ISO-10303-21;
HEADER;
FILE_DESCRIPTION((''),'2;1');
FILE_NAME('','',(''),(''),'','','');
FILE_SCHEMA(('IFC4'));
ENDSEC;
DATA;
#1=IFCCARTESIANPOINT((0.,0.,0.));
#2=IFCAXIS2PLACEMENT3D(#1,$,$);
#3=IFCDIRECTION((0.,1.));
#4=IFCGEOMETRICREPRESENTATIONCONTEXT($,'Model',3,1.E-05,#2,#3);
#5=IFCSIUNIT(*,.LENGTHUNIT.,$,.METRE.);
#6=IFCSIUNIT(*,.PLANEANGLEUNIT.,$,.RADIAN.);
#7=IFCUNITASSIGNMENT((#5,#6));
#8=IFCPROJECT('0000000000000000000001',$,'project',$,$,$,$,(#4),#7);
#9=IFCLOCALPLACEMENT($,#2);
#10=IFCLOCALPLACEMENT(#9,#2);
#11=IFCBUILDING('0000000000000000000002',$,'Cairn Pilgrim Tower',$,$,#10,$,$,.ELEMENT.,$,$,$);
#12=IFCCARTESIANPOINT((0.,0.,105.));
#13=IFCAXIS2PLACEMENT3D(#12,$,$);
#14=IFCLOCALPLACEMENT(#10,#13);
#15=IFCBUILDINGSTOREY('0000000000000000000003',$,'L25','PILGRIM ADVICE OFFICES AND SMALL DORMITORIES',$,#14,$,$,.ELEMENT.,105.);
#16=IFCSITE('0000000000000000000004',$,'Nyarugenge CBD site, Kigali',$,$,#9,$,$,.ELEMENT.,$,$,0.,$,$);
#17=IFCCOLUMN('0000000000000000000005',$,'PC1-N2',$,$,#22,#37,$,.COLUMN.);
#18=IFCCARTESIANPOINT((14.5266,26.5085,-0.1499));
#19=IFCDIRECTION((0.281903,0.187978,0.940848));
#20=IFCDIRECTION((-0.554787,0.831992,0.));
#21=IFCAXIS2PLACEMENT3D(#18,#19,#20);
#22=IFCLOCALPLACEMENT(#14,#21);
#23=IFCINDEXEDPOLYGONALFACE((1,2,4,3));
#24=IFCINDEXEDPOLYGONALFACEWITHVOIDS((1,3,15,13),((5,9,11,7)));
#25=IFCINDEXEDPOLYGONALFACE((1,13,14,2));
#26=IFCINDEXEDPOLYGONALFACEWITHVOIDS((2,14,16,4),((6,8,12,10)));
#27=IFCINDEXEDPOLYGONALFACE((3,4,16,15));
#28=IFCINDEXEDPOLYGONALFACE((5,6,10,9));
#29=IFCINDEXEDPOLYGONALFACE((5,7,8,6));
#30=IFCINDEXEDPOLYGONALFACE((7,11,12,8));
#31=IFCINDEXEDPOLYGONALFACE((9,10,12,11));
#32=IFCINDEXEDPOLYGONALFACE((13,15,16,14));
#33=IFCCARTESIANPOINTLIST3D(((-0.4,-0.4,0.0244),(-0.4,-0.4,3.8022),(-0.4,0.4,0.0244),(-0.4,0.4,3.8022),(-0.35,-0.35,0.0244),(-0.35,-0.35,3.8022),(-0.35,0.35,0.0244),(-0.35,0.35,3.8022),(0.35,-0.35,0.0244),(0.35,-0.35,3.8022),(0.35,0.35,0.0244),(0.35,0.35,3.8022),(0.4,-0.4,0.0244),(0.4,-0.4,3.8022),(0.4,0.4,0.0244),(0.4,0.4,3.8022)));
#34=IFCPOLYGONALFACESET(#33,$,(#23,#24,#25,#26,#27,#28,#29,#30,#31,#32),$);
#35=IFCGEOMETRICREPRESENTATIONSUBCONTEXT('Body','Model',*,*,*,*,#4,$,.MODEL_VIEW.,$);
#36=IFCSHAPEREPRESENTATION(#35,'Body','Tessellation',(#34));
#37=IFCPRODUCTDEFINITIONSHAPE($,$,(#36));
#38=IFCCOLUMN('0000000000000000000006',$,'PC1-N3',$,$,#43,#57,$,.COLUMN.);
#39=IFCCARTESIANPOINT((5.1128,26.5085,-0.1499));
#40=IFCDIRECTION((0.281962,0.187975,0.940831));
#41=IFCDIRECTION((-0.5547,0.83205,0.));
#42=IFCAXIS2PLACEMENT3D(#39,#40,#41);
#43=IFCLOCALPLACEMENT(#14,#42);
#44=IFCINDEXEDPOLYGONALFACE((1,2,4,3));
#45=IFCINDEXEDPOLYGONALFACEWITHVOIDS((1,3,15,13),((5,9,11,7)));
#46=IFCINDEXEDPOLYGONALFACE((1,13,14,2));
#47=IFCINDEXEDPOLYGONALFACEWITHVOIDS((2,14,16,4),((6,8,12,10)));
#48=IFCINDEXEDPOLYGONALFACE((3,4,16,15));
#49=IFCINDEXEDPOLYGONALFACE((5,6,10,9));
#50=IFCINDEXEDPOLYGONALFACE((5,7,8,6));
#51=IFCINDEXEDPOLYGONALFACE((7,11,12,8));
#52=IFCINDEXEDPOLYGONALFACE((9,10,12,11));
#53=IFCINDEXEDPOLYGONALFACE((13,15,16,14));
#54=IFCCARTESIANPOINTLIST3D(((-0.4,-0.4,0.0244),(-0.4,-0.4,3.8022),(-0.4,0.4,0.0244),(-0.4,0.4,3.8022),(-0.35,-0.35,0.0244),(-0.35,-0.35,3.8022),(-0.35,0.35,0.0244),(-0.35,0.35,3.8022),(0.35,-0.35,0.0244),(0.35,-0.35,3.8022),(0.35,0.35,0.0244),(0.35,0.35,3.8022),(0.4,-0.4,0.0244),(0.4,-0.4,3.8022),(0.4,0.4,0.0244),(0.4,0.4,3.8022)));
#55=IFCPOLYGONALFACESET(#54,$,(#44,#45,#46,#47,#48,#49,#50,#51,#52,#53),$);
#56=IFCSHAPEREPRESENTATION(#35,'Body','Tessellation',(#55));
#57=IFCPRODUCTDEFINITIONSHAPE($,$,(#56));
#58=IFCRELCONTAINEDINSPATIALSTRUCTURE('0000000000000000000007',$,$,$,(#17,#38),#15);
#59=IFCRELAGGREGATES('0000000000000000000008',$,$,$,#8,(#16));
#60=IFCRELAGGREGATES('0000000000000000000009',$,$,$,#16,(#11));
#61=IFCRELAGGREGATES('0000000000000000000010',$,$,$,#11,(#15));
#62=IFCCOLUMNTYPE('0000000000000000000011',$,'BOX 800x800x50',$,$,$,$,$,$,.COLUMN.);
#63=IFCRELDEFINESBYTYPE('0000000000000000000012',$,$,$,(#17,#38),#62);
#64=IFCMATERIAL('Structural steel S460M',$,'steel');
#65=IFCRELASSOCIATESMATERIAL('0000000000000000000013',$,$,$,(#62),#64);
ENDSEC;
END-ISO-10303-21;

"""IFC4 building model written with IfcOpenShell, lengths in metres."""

from ifc_helpers import new_model, si_unit, direction, frame, origin, origin_2d, place, context, subcontext, project, spatial, hollow_rectangle, extrude, clip, halfspace, material, material_profile, profile_set, type_object, element, save


model = new_model("IFC4")

# Units and contexts
model_context = context("Model", 3, precision=1e-05, world=origin(), true_north=direction((0.0, 1.0)))
body_context = subcontext(model_context, "Body", "Model", "MODEL_VIEW")
ifc_project = project(units=[si_unit("LENGTHUNIT", "METRE"), si_unit("PLANEANGLEUNIT", "RADIAN")], contexts=[model_context])

# Site, building, storey
site_placement = place(None, origin())
site = spatial("IfcSite", under=ifc_project, at=site_placement, Name="Nyarugenge CBD site, Kigali", CompositionType="ELEMENT", RefElevation=0.0)
building_placement = place(site_placement, origin())
building = spatial("IfcBuilding", under=site, at=building_placement, Name="Cairn Pilgrim Tower", CompositionType="ELEMENT")
storey_placement = place(building_placement, frame((0.0, 0.0, 105.0)))
storey = spatial("IfcBuildingStorey", under=building, at=storey_placement, Name="L25", Description="PILGRIM ADVICE OFFICES AND SMALL DORMITORIES", CompositionType="ELEMENT", Elevation=105.0)

# Columns
ifc_material_1 = material(Name="Structural steel S460M", Category="steel")
ifc_material_profile_1 = material_profile(ifc_material_1, hollow_rectangle(XDim=0.8, YDim=0.8, WallThickness=0.05, at=origin_2d()), Name="BOX 800x800x50")
ifc_profile_set_1 = profile_set([ifc_material_profile_1], Name="Structural steel S460M")
column_type_1 = type_object("IfcColumnType", Name="BOX 800x800x50", PredefinedType="COLUMN", material=ifc_profile_set_1)
for number, where, z_axis, x_axis, name in (
    (1, (14.5266, 26.5085, -0.1499), (0.281903, 0.187978, 0.940848), (-0.554787, 0.831992, 0.0), "PC1-N2"),
    (2, (5.1128, 26.5085, -0.1499), (0.281962, 0.187975, 0.940831), (-0.5547, 0.83205, 0.0), "PC1-N3"),
):
    element("IfcColumn", number, at=place(storey_placement, frame(where, z_axis=z_axis, x_axis=x_axis)), inside=storey, type_object=column_type_1, Name=name, PredefinedType="COLUMN", context=body_context, shape_type="Clipping", body=[
        clip(clip(extrude(hollow_rectangle(XDim=0.8, YDim=0.8, WallThickness=0.05, at=origin_2d()), origin(), (0.0, 0.0, 1.0), 3.8262), halfspace(frame((0.0, 0.0, 0.0244), z_axis=(0.0, 0.0, 1.0), x_axis=(1.0, 0.0, 0.0)), True)), halfspace(frame((0.0, 0.0, 3.8022), z_axis=(0.0, 0.0, 1.0), x_axis=(1.0, 0.0, 0.0)), False)),
    ])

save(model, "model.ifc")
